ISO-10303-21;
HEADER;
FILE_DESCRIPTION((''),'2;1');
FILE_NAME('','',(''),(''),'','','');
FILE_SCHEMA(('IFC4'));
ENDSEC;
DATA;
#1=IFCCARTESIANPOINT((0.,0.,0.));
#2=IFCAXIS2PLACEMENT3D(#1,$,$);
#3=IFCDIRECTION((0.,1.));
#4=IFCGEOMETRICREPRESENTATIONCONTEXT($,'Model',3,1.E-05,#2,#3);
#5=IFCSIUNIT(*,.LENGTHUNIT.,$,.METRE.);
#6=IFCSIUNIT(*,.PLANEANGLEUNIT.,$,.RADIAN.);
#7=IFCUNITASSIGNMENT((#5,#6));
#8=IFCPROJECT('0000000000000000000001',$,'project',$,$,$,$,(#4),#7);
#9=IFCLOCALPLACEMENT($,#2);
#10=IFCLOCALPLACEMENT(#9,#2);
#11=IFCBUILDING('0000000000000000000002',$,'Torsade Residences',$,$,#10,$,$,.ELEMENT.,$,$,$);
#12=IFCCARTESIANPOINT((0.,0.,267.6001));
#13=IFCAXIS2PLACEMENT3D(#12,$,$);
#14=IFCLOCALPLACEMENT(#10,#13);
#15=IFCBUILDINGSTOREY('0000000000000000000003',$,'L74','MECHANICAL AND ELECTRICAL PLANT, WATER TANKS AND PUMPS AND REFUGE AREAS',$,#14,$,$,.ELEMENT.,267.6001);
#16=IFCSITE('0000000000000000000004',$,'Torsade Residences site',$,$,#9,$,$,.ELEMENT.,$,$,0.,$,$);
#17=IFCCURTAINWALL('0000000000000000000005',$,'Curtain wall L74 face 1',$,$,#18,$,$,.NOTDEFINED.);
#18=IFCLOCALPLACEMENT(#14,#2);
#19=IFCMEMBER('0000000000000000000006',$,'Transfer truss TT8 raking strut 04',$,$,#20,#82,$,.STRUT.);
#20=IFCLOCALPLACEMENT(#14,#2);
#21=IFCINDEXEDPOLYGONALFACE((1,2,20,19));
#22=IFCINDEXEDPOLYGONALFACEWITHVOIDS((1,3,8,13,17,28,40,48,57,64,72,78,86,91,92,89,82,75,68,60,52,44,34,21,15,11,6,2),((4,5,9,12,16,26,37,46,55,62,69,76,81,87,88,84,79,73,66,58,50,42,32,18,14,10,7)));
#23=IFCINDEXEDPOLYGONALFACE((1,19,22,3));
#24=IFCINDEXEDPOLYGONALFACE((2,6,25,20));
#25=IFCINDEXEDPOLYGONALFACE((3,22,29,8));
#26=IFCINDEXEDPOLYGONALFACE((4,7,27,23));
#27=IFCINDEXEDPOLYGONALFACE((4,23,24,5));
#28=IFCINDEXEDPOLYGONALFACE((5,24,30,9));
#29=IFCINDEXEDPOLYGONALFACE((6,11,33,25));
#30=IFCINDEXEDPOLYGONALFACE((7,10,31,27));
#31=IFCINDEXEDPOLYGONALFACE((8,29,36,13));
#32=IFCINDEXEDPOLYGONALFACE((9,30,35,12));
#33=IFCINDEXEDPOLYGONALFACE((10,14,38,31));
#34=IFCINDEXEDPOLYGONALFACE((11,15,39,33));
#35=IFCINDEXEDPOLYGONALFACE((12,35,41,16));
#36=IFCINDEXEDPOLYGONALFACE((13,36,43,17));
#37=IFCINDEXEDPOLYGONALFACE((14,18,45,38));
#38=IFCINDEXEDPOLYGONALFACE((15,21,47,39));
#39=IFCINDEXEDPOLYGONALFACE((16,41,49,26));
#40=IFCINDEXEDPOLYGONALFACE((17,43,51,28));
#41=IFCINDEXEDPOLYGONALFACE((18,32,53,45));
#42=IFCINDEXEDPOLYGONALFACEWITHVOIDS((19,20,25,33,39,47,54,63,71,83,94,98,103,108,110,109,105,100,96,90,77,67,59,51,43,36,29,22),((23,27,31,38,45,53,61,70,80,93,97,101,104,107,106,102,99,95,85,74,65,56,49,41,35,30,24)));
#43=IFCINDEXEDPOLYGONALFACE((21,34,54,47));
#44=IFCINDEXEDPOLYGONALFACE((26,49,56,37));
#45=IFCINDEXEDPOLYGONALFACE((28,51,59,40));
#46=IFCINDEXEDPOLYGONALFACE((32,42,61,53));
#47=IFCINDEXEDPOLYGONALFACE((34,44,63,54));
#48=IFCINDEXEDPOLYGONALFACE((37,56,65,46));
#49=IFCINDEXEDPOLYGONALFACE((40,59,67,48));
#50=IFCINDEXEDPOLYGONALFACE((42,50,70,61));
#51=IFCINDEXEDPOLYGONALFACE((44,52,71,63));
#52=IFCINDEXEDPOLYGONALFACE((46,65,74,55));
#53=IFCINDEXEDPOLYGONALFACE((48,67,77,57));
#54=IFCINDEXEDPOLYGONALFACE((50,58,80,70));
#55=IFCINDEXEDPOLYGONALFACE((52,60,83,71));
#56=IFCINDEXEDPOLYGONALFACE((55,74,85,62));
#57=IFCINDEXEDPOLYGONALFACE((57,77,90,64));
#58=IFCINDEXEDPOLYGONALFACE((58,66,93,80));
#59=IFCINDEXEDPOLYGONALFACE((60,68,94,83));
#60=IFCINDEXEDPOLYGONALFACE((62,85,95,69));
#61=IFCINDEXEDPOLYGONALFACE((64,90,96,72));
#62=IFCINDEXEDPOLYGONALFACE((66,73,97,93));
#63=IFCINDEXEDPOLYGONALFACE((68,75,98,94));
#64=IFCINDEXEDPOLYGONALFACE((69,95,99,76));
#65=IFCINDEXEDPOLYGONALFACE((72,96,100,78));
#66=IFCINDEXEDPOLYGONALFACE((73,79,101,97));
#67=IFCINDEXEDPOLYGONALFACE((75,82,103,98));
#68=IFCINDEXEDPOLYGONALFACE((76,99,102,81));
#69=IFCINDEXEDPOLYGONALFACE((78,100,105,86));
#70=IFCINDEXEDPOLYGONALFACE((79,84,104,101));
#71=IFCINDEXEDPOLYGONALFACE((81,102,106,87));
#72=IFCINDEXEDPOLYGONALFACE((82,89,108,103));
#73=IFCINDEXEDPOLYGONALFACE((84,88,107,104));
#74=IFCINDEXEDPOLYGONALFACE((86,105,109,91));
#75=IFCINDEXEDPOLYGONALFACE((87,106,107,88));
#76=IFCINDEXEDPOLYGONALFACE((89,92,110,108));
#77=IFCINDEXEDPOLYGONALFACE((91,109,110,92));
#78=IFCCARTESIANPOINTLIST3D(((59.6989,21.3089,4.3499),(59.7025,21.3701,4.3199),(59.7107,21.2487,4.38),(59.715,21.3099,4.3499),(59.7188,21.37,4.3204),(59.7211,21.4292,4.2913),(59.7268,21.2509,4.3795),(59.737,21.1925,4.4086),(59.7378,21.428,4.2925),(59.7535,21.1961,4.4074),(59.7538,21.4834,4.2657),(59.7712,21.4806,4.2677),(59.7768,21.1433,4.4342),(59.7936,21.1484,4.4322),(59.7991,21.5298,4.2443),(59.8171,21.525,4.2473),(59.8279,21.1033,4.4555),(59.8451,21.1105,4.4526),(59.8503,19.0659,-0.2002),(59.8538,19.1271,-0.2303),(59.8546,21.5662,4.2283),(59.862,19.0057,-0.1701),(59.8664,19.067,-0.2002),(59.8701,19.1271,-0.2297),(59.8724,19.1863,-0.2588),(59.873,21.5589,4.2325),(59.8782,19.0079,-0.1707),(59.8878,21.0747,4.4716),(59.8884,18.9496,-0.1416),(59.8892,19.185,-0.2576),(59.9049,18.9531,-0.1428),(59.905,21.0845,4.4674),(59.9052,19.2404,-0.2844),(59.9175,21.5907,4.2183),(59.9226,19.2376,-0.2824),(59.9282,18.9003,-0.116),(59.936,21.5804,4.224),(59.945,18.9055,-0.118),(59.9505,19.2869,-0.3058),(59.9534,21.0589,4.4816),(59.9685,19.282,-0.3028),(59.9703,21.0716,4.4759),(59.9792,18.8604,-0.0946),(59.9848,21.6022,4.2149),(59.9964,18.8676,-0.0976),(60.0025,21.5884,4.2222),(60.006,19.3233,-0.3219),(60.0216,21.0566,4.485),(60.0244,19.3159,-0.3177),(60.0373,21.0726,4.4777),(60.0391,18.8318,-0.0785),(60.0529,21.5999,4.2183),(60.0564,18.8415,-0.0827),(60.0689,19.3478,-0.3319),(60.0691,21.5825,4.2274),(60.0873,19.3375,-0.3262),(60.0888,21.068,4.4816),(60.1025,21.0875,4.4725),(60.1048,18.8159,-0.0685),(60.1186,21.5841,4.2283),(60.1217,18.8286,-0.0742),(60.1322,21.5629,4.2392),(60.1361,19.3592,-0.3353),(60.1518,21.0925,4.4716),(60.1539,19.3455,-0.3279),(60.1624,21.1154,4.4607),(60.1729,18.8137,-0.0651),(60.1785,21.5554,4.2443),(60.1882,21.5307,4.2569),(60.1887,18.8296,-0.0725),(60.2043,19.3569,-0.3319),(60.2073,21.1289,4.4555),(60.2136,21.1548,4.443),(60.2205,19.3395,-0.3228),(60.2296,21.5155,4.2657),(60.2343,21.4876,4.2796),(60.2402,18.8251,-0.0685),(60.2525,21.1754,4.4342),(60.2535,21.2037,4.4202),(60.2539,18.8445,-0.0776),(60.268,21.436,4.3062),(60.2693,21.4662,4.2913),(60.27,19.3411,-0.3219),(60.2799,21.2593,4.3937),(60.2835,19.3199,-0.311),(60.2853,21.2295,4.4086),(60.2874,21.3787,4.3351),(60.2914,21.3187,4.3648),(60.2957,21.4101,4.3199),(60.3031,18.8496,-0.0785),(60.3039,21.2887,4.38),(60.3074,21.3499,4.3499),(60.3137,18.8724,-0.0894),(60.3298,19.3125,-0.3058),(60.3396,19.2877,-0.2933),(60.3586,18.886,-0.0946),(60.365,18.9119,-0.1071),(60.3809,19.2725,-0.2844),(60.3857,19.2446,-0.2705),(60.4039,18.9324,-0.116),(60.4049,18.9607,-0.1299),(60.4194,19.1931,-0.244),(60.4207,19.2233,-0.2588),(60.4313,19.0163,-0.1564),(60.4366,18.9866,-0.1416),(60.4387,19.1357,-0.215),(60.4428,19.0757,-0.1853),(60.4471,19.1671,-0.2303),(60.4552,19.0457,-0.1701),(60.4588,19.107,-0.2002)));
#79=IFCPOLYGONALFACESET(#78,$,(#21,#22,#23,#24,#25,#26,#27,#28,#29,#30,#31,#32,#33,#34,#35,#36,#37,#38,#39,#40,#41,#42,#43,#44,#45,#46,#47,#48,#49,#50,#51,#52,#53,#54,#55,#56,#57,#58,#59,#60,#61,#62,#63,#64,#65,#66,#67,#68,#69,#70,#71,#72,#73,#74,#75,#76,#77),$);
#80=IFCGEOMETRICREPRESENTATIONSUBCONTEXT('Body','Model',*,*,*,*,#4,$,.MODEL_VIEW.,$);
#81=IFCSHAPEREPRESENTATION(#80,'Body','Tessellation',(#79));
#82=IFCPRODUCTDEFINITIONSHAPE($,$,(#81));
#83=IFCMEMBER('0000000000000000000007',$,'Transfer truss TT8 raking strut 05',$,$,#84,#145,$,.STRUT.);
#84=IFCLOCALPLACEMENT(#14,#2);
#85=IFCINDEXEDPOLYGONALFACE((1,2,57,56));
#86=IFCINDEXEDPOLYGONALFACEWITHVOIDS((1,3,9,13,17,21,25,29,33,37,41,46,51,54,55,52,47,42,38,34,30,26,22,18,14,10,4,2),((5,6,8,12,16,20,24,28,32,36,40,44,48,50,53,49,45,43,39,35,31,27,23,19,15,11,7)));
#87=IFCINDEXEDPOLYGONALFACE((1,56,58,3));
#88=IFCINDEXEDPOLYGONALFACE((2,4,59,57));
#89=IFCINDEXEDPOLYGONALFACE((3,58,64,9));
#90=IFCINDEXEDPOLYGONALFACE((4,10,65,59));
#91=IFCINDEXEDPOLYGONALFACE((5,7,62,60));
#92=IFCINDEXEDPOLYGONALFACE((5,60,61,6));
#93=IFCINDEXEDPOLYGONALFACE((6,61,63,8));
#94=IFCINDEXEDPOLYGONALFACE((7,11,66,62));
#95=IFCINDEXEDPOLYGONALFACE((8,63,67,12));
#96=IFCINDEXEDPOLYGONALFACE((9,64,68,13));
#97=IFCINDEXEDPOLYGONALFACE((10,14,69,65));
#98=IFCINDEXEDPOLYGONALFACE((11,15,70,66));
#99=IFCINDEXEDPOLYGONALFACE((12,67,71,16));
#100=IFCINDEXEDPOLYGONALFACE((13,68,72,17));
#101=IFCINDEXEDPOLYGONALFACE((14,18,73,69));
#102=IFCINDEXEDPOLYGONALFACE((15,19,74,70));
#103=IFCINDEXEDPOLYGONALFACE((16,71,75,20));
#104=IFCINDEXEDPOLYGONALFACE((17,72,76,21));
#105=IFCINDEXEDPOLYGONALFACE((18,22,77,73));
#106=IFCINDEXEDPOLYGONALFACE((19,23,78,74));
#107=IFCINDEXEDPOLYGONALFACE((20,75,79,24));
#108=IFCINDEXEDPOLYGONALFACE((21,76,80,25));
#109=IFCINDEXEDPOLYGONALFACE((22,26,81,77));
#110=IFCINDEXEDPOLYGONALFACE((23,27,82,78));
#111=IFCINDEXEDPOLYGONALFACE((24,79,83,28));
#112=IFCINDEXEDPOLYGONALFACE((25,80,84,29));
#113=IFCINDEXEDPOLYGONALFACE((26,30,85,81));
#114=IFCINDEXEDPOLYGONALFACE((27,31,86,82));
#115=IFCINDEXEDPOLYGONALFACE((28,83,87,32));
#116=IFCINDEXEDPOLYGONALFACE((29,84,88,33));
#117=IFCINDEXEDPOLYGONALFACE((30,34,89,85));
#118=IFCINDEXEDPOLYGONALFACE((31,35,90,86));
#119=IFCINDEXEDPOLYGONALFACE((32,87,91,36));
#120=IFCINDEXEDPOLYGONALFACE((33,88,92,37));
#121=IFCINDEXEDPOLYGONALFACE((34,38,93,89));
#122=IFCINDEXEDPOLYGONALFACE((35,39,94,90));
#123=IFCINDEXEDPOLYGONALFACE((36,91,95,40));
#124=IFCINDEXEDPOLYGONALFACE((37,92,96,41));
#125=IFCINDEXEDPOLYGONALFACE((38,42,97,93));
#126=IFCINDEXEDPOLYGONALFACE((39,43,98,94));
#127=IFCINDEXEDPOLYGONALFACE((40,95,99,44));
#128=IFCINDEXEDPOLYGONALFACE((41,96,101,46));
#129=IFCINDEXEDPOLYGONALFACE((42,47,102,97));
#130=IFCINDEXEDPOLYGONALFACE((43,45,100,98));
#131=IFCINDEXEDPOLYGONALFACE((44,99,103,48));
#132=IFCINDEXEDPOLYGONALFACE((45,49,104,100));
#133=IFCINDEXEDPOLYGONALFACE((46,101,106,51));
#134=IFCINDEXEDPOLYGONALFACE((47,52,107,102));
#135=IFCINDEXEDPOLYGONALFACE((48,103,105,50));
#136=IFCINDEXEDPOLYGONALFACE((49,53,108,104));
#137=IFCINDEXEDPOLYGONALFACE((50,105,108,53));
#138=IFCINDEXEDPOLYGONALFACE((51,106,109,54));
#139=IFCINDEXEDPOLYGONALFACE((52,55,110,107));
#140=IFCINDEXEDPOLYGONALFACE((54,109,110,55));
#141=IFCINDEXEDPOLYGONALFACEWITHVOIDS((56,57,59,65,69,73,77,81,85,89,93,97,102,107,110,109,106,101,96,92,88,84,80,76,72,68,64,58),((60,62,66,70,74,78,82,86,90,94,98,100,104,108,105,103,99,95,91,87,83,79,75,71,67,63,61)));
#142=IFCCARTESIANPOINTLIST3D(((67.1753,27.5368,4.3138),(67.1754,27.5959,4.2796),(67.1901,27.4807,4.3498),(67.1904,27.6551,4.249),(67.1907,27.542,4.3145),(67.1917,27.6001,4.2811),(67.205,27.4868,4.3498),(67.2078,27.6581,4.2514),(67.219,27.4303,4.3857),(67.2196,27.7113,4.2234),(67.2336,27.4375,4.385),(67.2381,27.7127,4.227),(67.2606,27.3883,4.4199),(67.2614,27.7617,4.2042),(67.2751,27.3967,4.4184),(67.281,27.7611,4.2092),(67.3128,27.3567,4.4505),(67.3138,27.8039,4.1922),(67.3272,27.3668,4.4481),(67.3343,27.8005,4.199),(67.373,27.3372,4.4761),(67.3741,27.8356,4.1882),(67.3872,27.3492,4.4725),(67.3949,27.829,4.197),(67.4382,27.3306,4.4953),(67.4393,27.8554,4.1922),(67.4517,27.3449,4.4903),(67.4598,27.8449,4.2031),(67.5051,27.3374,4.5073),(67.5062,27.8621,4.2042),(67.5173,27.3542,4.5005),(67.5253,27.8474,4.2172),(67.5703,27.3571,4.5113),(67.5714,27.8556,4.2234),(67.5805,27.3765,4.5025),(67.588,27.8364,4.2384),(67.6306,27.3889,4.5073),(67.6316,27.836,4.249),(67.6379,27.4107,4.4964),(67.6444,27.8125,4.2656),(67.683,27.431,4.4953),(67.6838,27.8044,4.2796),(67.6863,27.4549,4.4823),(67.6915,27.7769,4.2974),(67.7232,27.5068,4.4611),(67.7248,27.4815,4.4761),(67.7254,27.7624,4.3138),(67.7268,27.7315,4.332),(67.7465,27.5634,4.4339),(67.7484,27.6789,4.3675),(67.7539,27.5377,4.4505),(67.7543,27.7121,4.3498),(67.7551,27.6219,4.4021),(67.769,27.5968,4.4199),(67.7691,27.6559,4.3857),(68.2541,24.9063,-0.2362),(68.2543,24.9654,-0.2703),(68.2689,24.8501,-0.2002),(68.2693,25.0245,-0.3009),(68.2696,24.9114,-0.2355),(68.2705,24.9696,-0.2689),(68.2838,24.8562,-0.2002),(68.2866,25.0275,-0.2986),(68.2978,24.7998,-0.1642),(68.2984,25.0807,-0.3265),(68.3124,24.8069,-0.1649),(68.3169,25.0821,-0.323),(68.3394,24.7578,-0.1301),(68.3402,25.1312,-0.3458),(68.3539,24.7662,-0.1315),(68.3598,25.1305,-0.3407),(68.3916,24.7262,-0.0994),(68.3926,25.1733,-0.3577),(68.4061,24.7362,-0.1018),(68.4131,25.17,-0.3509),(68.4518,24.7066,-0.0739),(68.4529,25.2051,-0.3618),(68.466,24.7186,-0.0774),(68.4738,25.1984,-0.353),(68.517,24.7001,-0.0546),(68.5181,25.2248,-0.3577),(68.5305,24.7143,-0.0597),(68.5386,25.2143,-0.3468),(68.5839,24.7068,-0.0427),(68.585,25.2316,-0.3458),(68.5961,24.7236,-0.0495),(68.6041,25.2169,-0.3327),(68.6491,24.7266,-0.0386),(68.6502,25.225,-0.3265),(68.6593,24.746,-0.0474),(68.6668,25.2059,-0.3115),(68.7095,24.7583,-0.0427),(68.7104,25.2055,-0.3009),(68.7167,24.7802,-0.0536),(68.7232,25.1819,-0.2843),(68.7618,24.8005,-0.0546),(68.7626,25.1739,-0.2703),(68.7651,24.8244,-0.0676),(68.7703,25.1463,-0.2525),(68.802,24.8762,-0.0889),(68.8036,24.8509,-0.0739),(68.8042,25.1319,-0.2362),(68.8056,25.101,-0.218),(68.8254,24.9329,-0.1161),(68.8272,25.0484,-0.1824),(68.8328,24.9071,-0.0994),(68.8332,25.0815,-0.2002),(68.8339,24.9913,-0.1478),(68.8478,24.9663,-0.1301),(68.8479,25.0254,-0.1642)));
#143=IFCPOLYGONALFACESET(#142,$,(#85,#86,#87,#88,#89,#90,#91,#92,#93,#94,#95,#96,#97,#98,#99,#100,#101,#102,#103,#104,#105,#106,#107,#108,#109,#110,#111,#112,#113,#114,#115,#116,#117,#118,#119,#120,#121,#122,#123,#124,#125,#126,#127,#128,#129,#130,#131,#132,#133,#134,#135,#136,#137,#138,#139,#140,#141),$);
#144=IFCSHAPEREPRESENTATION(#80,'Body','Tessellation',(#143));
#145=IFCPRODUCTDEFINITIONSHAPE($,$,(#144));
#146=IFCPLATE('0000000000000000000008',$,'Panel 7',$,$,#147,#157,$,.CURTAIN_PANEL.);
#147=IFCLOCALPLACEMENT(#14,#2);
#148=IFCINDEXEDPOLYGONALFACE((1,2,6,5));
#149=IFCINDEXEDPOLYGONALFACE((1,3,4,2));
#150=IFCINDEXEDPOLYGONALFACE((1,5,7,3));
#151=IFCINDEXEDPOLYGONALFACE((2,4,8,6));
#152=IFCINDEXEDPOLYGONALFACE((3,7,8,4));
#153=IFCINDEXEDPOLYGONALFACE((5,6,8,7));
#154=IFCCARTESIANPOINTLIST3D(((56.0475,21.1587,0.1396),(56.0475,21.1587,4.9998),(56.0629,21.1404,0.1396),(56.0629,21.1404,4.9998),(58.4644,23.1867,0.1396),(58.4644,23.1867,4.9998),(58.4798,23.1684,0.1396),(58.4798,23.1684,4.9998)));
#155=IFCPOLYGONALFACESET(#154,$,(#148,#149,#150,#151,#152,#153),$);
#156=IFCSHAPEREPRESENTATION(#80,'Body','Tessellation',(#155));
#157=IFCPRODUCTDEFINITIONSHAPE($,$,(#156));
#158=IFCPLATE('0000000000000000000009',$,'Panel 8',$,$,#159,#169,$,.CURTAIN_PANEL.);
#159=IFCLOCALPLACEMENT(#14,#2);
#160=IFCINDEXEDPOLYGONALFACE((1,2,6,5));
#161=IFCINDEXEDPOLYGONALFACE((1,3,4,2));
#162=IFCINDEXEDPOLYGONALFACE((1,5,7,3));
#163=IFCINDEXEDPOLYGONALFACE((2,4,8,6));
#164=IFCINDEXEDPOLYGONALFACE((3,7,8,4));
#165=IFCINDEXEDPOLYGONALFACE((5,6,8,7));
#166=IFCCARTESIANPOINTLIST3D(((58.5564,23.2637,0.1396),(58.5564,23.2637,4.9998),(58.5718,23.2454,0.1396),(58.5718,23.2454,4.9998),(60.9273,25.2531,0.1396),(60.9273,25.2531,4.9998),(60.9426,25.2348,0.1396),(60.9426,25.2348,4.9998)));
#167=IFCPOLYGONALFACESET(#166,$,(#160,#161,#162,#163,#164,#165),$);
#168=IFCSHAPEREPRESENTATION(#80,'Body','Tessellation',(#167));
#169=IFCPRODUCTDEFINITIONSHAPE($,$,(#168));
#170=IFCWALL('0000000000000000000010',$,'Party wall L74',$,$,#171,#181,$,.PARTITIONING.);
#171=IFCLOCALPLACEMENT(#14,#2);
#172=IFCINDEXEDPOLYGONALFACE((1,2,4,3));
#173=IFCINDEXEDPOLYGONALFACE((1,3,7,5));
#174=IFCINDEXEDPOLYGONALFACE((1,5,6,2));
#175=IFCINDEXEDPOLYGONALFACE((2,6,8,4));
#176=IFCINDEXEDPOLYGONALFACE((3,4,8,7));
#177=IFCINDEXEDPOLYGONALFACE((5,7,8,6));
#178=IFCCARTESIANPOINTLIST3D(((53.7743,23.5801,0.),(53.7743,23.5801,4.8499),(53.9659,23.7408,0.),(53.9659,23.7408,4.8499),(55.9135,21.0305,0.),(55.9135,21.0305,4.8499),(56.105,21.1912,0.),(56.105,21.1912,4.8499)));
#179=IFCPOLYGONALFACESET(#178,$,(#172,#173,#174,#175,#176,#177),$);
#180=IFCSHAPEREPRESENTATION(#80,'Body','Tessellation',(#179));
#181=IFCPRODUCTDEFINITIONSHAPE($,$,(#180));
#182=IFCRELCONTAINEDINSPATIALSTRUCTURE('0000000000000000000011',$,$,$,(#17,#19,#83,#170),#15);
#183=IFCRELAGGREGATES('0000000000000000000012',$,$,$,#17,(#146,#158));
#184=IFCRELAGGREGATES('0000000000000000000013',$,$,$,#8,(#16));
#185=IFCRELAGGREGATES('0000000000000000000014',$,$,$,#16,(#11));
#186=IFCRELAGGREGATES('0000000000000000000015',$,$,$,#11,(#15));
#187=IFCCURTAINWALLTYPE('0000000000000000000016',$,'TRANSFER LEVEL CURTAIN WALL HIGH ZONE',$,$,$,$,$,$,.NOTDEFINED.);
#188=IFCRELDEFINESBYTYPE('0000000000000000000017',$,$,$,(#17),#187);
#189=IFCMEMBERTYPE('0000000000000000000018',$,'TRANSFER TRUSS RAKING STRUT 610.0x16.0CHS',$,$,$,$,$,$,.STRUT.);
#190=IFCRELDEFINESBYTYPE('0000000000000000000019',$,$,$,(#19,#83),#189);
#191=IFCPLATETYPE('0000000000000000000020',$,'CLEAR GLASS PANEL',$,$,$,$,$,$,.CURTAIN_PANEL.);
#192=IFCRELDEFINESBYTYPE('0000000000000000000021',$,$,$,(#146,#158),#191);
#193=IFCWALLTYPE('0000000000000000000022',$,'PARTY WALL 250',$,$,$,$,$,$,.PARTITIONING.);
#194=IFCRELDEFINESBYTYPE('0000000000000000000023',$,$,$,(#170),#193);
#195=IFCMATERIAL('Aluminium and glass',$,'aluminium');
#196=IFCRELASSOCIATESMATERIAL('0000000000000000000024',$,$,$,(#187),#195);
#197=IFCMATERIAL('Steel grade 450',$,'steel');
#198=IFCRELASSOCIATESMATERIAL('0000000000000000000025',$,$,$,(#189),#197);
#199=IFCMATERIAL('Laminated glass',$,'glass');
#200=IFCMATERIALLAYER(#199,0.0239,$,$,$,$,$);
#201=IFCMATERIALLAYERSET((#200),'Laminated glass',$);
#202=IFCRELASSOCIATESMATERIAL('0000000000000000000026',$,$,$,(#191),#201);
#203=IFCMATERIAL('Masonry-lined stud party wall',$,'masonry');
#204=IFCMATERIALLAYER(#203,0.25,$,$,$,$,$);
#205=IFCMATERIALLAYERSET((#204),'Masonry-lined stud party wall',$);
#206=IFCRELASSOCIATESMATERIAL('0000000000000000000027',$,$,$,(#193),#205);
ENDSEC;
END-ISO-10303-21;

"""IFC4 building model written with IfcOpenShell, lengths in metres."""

from ifc_helpers import new_model, si_unit, direction, frame, frame_2d, origin, origin_2d, place, context, subcontext, project, spatial, rectangle, hollow_circle, extrude, material, layer, layer_set, material_profile, profile_set, type_object, element, aggregate, save


model = new_model("IFC4")

# Units and contexts
model_context = context("Model", 3, precision=1e-05, world=origin(), true_north=direction((0.0, 1.0)))
body_context = subcontext(model_context, "Body", "Model", "MODEL_VIEW")
ifc_project = project(units=[si_unit("LENGTHUNIT", "METRE"), si_unit("PLANEANGLEUNIT", "RADIAN")], contexts=[model_context])

# Site, building, storey
site_placement = place(None, origin())
site = spatial("IfcSite", under=ifc_project, at=site_placement, Name="Torsade Residences site", CompositionType="ELEMENT", RefElevation=0.0)
building_placement = place(site_placement, origin())
building = spatial("IfcBuilding", under=site, at=building_placement, Name="Torsade Residences", CompositionType="ELEMENT")
storey_placement = place(building_placement, frame((0.0, 0.0, 267.6001)))
storey = spatial("IfcBuildingStorey", under=building, at=storey_placement, Name="L74", Description="MECHANICAL AND ELECTRICAL PLANT, WATER TANKS AND PUMPS AND REFUGE AREAS", CompositionType="ELEMENT", Elevation=267.6001)

# Curtain wall
ifc_material_1 = material(Name="Aluminium and glass", Category="aluminium")
curtain_wall_type = type_object("IfcCurtainWallType", Name="TRANSFER LEVEL CURTAIN WALL HIGH ZONE", PredefinedType="NOTDEFINED", material=ifc_material_1)
curtain_wall_placement = place(storey_placement, origin())
curtain_wall = element("IfcCurtainWall", 1, at=curtain_wall_placement, inside=storey, type_object=curtain_wall_type, Name="Curtain wall L74 face 1", PredefinedType="NOTDEFINED")

# Members
ifc_material_2 = material(Name="Steel grade 450", Category="steel")
ifc_material_profile_1 = material_profile(ifc_material_2, hollow_circle(Radius=0.3049, WallThickness=0.0161, at=origin_2d()), Name="610.0x16.0CHS")
ifc_profile_set_1 = profile_set([ifc_material_profile_1], Name="Steel grade 450")
member_type_1 = type_object("IfcMemberType", Name="TRANSFER TRUSS RAKING STRUT 610.0x16.0CHS", PredefinedType="STRUT", material=ifc_profile_set_1)
member_1_placement = place(storey_placement, frame((60.1545, 19.0864, -0.2002), z_axis=(-0.029826, 0.441947, 0.896545), x_axis=(-0.997731, -0.067334, 0.0)))
element("IfcMember", 2, at=member_1_placement, inside=storey, type_object=member_type_1, Name="Transfer truss TT8 raking strut 04", PredefinedType="STRUT", context=body_context, shape_type="SweptSolid", body=[
    extrude(hollow_circle(Radius=0.3049, WallThickness=0.0161, at=origin_2d()), origin(), (0.0, 0.0, 1.0), 5.0752),
])
member_2_placement = place(storey_placement, frame((68.551, 24.9658, -0.2002), z_axis=(-0.201079, 0.490297, 0.848043), x_axis=(-0.925214, -0.379445, 0.0)))
element("IfcMember", 3, at=member_2_placement, inside=storey, type_object=member_type_1, Name="Transfer truss TT8 raking strut 05", PredefinedType="STRUT", context=body_context, shape_type="SweptSolid", body=[
    extrude(hollow_circle(Radius=0.3049, WallThickness=0.0161, at=origin_2d()), origin(), (0.0, 0.0, 1.0), 5.3652),
])

# Plates
ifc_material_3 = material(Name="Laminated glass", Category="glass")
ifc_layer_1 = layer(ifc_material_3, 0.0239)
ifc_layer_set_1 = layer_set([ifc_layer_1], Name="Laminated glass")
plate_type = type_object("IfcPlateType", Name="CLEAR GLASS PANEL", PredefinedType="CURTAIN_PANEL", material=ifc_layer_set_1)
plate_1_placement = place(storey_placement, frame((57.2637, 22.1636, 0.1396), z_axis=(0.0, 0.0, 1.0), x_axis=(0.766044, 0.642788, 0.0)))
plate_1 = element("IfcPlate", 4, at=plate_1_placement, type_object=plate_type, Name="Panel 7", PredefinedType="CURTAIN_PANEL", context=body_context, shape_type="SweptSolid", body=[
    extrude(rectangle(XDim=3.155, YDim=0.0239, at=origin_2d()), origin(), (0.0, 0.0, 1.0), 4.8601),
])
plate_2_placement = place(storey_placement, frame((59.7495, 24.2493, 0.1396), z_axis=(0.0, 0.0, 1.0), x_axis=(0.766044, 0.642788, 0.0)))
plate_2 = element("IfcPlate", 5, at=plate_2_placement, type_object=plate_type, Name="Panel 8", PredefinedType="CURTAIN_PANEL", context=body_context, shape_type="SweptSolid", body=[
    extrude(rectangle(XDim=3.095, YDim=0.0239, at=origin_2d()), origin(), (0.0, 0.0, 1.0), 4.8601),
])
aggregate(curtain_wall, [plate_1, plate_2])

# Wall
ifc_material_4 = material(Name="Masonry-lined stud party wall", Category="masonry")
ifc_layer_2 = layer(ifc_material_4, 0.25)
ifc_layer_set_2 = layer_set([ifc_layer_2], Name="Masonry-lined stud party wall")
wall_type_1 = type_object("IfcWallType", Name="PARTY WALL 250", PredefinedType="PARTITIONING", material=ifc_layer_set_2)
wall_1_placement = place(storey_placement, frame((56.0093, 21.1108, 0.0), z_axis=(0.0, 0.0, 1.0), x_axis=(-0.642757, 0.76607, 0.0)))
element("IfcWall", 6, at=wall_1_placement, inside=storey, type_object=wall_type_1, Name="Party wall L74", PredefinedType="PARTITIONING", context=body_context, shape_type="SweptSolid", body=[
    extrude(rectangle(XDim=3.3281, YDim=0.25, at=frame_2d((1.6641, 0.0))), origin(), (0.0, 0.0, 1.0), 4.8499),
])

save(model, "model.ifc")
